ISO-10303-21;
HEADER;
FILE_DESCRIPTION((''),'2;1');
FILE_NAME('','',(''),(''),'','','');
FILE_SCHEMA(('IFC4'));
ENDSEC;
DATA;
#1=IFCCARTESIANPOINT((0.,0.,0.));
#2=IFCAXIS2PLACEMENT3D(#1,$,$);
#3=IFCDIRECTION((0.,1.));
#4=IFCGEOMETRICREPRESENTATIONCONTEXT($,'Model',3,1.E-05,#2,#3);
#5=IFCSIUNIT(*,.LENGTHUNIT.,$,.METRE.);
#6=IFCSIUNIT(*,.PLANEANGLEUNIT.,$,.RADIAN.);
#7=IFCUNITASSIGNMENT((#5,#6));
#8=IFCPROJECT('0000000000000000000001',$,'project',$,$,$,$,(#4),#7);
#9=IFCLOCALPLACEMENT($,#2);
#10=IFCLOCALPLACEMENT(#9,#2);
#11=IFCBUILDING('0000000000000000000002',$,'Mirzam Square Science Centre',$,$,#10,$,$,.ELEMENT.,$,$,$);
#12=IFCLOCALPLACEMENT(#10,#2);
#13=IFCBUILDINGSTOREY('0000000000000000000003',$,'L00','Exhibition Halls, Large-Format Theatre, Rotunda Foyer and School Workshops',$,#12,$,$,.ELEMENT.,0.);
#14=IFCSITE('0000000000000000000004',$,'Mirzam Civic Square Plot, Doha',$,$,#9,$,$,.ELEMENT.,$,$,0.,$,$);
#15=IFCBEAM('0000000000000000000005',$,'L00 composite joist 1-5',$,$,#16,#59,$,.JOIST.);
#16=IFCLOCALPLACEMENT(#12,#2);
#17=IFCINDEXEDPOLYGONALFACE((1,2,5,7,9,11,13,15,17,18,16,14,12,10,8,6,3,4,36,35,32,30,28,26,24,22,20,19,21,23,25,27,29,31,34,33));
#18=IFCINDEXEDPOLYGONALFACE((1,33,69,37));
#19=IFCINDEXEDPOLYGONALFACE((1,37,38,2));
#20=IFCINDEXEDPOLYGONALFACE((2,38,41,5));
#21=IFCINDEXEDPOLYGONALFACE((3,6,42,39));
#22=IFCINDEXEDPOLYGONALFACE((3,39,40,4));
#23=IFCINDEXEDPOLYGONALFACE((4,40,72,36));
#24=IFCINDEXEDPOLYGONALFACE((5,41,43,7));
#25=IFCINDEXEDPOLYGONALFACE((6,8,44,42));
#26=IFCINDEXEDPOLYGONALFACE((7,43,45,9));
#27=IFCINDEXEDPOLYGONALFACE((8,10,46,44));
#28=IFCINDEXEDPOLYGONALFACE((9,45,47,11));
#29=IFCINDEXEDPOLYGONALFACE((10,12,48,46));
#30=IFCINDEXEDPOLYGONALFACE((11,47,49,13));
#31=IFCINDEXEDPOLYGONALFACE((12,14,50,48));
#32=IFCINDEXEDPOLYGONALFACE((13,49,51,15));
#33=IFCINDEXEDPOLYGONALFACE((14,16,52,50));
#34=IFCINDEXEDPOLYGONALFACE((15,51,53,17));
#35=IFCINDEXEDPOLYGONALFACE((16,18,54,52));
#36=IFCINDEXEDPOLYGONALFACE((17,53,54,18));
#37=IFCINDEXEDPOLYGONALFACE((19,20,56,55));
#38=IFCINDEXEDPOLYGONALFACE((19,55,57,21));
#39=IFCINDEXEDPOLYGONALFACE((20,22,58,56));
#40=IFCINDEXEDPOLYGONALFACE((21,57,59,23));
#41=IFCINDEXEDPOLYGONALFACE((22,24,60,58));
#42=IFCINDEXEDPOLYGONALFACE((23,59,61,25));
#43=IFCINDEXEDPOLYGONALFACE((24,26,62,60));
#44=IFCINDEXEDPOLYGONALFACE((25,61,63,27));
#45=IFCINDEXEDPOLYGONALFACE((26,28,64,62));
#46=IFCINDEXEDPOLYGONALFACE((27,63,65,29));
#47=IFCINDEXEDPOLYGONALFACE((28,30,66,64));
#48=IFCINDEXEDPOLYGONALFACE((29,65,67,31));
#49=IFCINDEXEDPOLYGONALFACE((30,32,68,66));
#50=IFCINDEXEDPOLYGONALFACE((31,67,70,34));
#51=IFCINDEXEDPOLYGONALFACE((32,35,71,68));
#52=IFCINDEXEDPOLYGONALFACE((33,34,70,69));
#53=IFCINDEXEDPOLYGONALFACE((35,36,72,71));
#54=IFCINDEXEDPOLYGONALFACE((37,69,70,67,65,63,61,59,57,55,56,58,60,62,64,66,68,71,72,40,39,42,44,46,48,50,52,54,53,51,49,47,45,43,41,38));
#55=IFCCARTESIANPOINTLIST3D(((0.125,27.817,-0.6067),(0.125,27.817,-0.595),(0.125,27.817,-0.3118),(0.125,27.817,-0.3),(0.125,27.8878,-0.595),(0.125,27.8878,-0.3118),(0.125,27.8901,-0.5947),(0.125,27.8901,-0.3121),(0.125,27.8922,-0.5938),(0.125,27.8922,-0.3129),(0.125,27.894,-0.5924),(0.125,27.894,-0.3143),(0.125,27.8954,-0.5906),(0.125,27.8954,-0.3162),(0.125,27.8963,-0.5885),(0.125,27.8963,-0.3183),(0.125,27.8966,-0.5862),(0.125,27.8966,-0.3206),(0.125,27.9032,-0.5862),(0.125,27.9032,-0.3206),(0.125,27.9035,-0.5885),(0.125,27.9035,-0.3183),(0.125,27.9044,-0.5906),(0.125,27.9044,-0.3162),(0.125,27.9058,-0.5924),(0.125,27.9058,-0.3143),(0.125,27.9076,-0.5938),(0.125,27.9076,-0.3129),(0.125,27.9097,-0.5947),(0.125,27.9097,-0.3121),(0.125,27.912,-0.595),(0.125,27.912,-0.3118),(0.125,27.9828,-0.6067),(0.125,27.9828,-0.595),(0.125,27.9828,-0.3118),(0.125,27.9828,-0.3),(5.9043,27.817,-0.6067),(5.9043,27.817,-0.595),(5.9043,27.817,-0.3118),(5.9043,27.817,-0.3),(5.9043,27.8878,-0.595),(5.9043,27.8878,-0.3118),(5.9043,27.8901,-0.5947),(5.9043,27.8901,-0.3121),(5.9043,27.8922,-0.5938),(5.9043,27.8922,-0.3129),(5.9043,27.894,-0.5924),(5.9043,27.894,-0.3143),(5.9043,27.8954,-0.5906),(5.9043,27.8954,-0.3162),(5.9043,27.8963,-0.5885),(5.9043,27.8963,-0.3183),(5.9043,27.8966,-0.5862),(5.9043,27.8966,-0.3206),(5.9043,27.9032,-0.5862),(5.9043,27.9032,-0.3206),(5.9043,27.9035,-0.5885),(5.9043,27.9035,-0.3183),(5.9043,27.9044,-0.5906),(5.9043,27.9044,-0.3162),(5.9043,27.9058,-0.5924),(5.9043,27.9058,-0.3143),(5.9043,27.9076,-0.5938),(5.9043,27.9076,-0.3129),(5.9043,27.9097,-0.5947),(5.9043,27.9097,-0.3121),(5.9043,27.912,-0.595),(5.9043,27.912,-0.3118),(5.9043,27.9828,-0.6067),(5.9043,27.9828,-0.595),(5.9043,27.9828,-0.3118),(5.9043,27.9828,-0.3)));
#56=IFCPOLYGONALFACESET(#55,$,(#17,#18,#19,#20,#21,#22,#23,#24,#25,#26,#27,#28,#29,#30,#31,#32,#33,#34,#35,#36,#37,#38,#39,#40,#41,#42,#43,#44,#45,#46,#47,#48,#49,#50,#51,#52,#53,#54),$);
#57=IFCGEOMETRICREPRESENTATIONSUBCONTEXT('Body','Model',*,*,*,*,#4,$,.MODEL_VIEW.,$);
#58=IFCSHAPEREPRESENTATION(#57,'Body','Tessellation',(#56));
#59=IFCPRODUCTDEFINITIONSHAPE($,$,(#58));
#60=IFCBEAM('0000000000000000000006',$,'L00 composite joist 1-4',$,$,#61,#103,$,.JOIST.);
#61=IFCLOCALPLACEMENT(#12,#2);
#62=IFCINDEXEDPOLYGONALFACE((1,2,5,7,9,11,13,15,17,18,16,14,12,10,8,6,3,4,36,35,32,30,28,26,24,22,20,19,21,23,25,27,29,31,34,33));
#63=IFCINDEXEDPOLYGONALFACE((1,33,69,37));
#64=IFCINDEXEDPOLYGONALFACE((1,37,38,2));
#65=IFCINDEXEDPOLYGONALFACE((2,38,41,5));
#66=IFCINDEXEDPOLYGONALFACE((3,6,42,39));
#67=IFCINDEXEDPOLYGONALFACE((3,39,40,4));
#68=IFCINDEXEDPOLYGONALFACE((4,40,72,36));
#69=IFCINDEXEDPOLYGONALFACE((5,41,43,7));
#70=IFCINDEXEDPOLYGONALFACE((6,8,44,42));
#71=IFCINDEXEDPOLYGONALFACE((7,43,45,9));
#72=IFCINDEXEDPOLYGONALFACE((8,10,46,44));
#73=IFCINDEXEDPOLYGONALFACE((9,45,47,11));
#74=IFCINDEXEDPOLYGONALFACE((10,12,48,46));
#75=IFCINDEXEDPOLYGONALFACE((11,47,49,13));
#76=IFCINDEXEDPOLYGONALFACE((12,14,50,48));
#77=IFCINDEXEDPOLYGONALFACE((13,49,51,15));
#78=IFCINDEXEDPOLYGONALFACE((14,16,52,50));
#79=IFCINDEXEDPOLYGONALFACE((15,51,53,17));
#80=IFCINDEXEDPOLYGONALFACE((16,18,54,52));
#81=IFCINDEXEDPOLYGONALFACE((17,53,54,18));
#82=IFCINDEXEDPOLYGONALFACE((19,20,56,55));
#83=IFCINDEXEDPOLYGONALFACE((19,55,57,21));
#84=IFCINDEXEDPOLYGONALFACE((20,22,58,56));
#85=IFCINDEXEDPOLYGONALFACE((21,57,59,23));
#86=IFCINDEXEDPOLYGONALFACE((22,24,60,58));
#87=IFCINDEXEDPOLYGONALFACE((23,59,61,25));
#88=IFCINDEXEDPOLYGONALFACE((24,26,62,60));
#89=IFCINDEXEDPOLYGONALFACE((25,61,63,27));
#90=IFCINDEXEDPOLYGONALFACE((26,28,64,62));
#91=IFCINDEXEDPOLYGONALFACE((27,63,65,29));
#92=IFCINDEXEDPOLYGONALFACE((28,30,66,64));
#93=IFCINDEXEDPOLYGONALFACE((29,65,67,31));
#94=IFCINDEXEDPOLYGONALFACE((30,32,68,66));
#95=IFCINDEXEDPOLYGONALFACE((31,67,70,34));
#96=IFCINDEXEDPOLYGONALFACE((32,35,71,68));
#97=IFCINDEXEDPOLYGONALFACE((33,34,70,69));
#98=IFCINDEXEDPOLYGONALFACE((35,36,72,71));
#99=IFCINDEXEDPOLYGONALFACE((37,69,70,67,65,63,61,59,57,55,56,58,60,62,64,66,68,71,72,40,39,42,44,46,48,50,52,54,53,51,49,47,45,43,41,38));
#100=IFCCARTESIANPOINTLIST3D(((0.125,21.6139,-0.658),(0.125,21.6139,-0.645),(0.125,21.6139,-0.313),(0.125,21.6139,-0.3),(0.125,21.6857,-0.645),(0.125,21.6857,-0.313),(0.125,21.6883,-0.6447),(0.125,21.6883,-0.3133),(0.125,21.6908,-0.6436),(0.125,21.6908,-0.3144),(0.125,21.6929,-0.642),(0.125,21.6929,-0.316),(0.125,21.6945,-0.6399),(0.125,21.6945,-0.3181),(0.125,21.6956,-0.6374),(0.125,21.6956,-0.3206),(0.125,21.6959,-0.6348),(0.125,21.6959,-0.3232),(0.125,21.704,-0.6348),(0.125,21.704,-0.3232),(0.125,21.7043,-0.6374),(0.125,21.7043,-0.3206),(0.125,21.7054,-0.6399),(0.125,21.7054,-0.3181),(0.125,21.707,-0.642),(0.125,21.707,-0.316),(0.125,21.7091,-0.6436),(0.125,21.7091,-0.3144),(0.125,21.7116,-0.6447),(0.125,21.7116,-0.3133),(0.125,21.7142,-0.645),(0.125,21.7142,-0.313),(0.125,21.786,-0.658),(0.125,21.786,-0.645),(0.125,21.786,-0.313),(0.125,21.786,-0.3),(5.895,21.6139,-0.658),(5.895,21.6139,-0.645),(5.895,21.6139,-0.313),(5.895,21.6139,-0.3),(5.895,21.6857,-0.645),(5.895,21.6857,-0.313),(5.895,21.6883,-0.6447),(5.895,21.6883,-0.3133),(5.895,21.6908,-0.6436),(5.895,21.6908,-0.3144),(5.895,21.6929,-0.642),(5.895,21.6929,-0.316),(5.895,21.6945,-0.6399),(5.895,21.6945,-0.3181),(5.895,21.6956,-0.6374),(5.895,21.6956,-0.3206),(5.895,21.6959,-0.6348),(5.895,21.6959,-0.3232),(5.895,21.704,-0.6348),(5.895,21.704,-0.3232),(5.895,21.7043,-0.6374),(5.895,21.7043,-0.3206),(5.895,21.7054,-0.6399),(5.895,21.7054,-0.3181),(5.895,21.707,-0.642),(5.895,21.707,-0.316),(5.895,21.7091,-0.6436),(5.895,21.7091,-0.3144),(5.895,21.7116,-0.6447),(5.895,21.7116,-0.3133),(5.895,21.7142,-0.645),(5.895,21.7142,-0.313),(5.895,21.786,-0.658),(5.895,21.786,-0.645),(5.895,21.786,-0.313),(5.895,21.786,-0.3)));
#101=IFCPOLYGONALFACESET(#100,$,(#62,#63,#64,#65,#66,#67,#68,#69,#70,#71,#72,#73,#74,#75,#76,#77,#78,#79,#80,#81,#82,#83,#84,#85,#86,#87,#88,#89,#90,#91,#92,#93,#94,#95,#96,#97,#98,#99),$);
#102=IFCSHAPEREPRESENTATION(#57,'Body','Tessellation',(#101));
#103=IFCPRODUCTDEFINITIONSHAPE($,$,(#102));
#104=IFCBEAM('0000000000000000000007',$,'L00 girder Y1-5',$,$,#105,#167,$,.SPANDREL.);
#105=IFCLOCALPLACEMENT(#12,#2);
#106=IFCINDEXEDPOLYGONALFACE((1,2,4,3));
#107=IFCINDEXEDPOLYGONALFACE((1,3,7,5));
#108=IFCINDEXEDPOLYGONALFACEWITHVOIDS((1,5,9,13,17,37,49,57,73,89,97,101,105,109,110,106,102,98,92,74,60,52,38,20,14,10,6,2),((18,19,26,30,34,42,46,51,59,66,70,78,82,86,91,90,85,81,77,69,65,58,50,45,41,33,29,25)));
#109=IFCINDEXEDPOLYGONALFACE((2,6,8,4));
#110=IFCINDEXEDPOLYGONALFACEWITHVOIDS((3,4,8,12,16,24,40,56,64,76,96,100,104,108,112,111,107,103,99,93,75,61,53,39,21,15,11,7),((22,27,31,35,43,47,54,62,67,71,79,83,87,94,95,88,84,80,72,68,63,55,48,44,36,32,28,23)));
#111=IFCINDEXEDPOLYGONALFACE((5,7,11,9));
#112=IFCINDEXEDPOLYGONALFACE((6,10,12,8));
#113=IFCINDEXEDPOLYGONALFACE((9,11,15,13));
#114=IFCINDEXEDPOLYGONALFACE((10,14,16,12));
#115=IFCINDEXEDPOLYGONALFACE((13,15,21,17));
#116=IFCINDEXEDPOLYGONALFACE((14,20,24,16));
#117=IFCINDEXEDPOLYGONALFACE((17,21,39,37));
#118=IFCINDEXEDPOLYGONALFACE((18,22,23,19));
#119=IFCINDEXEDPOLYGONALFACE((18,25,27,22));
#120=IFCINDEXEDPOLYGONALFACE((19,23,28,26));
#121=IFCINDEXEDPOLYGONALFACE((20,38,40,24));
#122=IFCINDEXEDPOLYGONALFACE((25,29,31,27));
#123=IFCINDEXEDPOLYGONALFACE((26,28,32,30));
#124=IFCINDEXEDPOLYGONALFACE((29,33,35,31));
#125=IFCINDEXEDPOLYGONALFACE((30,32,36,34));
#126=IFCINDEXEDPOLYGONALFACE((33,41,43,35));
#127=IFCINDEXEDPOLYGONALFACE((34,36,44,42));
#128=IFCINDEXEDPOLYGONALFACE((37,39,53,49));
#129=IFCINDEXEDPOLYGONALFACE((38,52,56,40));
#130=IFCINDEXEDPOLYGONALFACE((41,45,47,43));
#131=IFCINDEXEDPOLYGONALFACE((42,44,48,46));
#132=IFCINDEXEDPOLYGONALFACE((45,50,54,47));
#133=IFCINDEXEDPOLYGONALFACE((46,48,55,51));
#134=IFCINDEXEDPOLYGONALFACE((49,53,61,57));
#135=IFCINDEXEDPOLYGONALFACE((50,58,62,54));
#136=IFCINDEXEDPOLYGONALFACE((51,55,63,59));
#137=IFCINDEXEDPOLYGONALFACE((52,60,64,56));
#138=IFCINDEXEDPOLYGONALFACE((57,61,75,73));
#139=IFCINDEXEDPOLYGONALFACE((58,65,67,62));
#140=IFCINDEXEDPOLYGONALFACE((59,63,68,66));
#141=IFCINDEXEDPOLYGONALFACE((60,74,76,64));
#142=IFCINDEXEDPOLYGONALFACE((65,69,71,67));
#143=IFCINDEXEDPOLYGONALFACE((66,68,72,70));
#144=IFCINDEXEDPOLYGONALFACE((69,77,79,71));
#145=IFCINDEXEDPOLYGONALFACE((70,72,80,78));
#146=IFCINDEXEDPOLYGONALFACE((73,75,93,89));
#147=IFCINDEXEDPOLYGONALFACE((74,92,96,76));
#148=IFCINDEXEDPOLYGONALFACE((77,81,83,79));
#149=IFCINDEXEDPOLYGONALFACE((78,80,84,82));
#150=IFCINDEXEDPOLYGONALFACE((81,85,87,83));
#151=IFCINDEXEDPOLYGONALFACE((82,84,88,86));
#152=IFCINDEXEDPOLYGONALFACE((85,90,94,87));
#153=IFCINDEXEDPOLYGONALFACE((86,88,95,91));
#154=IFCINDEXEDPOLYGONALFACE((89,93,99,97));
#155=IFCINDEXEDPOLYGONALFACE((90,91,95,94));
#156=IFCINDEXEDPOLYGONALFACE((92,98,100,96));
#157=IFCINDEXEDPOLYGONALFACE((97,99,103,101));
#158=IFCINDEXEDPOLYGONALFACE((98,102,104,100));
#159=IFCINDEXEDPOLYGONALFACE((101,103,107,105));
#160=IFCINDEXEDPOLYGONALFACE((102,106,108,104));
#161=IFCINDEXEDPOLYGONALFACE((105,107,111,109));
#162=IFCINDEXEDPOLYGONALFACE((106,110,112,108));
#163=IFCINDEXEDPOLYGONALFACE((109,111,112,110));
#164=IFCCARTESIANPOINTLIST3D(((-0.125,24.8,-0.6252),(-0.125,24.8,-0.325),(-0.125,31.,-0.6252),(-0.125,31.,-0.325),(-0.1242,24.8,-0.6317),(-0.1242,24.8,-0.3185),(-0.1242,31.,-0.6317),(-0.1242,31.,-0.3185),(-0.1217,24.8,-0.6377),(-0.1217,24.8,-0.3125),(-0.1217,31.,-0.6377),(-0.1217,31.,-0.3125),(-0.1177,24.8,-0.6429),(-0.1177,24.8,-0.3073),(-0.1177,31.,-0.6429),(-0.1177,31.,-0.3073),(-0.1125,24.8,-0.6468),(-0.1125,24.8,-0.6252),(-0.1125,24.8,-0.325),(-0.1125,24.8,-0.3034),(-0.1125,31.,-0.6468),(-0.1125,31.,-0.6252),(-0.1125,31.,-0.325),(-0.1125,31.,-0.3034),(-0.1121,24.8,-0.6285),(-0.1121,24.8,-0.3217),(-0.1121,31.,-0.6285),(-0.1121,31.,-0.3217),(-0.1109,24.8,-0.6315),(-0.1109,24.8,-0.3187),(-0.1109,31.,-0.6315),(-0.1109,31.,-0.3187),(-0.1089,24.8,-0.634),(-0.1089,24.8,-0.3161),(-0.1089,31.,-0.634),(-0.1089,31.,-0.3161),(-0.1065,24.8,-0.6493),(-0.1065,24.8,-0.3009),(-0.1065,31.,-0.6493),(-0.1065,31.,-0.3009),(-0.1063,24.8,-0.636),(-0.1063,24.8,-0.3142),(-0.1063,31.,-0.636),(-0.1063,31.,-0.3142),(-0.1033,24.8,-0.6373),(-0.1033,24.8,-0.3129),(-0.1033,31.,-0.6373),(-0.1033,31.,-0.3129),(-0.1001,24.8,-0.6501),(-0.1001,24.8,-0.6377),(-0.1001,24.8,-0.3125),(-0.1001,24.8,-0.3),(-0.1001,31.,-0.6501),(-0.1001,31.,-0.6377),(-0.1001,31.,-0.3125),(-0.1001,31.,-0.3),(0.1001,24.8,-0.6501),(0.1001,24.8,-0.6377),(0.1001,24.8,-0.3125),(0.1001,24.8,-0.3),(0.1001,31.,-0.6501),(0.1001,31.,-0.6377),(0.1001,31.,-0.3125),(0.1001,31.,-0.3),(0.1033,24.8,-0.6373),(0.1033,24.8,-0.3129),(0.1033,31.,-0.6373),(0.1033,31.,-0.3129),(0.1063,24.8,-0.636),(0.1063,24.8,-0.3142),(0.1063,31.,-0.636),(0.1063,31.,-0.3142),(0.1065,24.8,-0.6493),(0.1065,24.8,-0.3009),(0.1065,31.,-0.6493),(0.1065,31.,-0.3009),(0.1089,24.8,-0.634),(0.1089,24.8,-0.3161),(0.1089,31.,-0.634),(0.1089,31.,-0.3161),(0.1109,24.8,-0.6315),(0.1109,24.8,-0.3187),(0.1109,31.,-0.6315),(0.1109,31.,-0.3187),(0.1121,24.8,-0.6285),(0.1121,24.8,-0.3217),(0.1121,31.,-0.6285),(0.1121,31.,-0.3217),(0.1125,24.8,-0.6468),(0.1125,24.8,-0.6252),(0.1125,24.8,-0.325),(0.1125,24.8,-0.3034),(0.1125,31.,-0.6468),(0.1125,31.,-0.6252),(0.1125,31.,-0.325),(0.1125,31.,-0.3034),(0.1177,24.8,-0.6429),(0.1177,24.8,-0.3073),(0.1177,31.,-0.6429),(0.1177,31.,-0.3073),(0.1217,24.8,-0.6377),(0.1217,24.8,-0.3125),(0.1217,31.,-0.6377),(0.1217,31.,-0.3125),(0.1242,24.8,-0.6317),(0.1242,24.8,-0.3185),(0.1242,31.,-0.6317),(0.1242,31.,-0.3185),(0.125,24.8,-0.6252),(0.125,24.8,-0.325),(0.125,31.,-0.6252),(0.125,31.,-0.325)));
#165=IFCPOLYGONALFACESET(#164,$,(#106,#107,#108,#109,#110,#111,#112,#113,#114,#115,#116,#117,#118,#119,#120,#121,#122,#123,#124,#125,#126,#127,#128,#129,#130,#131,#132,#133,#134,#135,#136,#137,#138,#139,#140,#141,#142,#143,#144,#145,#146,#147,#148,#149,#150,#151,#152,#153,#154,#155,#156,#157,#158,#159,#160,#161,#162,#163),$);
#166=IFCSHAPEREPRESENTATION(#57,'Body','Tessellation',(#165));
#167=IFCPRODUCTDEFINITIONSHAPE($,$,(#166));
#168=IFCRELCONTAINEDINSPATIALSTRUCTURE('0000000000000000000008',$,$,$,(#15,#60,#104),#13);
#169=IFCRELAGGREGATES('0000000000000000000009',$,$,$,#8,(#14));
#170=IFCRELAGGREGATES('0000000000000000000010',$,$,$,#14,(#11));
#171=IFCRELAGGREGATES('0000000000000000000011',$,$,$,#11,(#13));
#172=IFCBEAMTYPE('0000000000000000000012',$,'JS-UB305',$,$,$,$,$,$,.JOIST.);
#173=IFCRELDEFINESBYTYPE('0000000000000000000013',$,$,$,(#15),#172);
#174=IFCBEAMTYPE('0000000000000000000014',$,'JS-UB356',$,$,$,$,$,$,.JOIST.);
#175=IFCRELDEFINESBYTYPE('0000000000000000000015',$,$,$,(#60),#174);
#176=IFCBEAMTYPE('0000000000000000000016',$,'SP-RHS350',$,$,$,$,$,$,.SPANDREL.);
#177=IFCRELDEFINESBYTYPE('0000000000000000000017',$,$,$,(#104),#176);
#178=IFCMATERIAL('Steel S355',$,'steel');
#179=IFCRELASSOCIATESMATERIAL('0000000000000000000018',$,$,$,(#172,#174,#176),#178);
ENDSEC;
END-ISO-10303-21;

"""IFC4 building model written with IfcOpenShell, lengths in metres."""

from ifc_helpers import new_model, si_unit, direction, frame, origin, origin_2d, place, context, subcontext, project, spatial, hollow_rectangle, i_section, extrude, material, material_profile, profile_set, type_object, element, save


model = new_model("IFC4")

# Units and contexts
model_context = context("Model", 3, precision=1e-05, world=origin(), true_north=direction((0.0, 1.0)))
body_context = subcontext(model_context, "Body", "Model", "MODEL_VIEW")
ifc_project = project(units=[si_unit("LENGTHUNIT", "METRE"), si_unit("PLANEANGLEUNIT", "RADIAN")], contexts=[model_context])

# Site, building, storey
site_placement = place(None, origin())
site = spatial("IfcSite", under=ifc_project, at=site_placement, Name="Mirzam Civic Square Plot, Doha", CompositionType="ELEMENT", RefElevation=0.0)
building_placement = place(site_placement, origin())
building = spatial("IfcBuilding", under=site, at=building_placement, Name="Mirzam Square Science Centre", CompositionType="ELEMENT")
storey_placement = place(building_placement, origin())
storey = spatial("IfcBuildingStorey", under=building, at=storey_placement, Name="L00", Description="Exhibition Halls, Large-Format Theatre, Rotunda Foyer and School Workshops", CompositionType="ELEMENT", Elevation=0.0)

# Shared definitions
ifc_material_1 = material(Name="Steel S355", Category="steel")

# Beams
ifc_material_profile_1 = material_profile(ifc_material_1, i_section(OverallWidth=0.1658, OverallDepth=0.3066, WebThickness=0.0066, FlangeThickness=0.0117, FilletRadius=0.0088, at=origin_2d()), Name="305x165x46UB")
ifc_profile_set_1 = profile_set([ifc_material_profile_1], Name="Steel S355")
beam_type_1 = type_object("IfcBeamType", Name="JS-UB305", PredefinedType="JOIST", material=ifc_profile_set_1)
beam_1_placement = place(storey_placement, frame((0.125, 27.8999, -0.4534), z_axis=(1.0, 0.0, 0.0), x_axis=(0.0, 1.0, 0.0)))
element("IfcBeam", 1, at=beam_1_placement, inside=storey, type_object=beam_type_1, Name="L00 composite joist 1-5", PredefinedType="JOIST", context=body_context, shape_type="SweptSolid", body=[
    extrude(i_section(OverallWidth=0.1658, OverallDepth=0.3066, WebThickness=0.0066, FlangeThickness=0.0117, FilletRadius=0.0088, at=origin_2d()), origin(), (0.0, 0.0, 1.0), 5.7793),
])
ifc_material_profile_2 = material_profile(ifc_material_1, i_section(OverallWidth=0.1721, OverallDepth=0.3579, WebThickness=0.0081, FlangeThickness=0.0129, FilletRadius=0.0103, at=origin_2d()), Name="356x171x57UB")
ifc_profile_set_2 = profile_set([ifc_material_profile_2], Name="Steel S355")
beam_type_2 = type_object("IfcBeamType", Name="JS-UB356", PredefinedType="JOIST", material=ifc_profile_set_2)
beam_2_placement = place(storey_placement, frame((0.125, 21.7, -0.479), z_axis=(1.0, 0.0, 0.0), x_axis=(0.0, 1.0, 0.0)))
element("IfcBeam", 2, at=beam_2_placement, inside=storey, type_object=beam_type_2, Name="L00 composite joist 1-4", PredefinedType="JOIST", context=body_context, shape_type="SweptSolid", body=[
    extrude(i_section(OverallWidth=0.1721, OverallDepth=0.3579, WebThickness=0.0081, FlangeThickness=0.0129, FilletRadius=0.0103, at=origin_2d()), origin(), (0.0, 0.0, 1.0), 5.77),
])
ifc_material_profile_3 = material_profile(ifc_material_1, hollow_rectangle(XDim=0.25, YDim=0.3501, WallThickness=0.0125, InnerFilletRadius=0.0125, OuterFilletRadius=0.0249, at=origin_2d()), Name="350x250x12.5RHS")
ifc_profile_set_3 = profile_set([ifc_material_profile_3], Name="Steel S355")
beam_type_3 = type_object("IfcBeamType", Name="SP-RHS350", PredefinedType="SPANDREL", material=ifc_profile_set_3)
for number, where, z_axis, x_axis, name in (
    (3, (0.0, 24.8, -0.4751), (0.0, 1.0, 0.0), (-1.0, 0.0, 0.0), "L00 girder Y1-5"),
):
    element("IfcBeam", number, at=place(storey_placement, frame(where, z_axis=z_axis, x_axis=x_axis)), inside=storey, type_object=beam_type_3, Name=name, PredefinedType="SPANDREL", context=body_context, shape_type="SweptSolid", body=[
        extrude(hollow_rectangle(XDim=0.25, YDim=0.3501, WallThickness=0.0125, InnerFilletRadius=0.0125, OuterFilletRadius=0.0249, at=origin_2d()), origin(), (0.0, 0.0, 1.0), 6.2),
    ])

save(model, "model.ifc")
